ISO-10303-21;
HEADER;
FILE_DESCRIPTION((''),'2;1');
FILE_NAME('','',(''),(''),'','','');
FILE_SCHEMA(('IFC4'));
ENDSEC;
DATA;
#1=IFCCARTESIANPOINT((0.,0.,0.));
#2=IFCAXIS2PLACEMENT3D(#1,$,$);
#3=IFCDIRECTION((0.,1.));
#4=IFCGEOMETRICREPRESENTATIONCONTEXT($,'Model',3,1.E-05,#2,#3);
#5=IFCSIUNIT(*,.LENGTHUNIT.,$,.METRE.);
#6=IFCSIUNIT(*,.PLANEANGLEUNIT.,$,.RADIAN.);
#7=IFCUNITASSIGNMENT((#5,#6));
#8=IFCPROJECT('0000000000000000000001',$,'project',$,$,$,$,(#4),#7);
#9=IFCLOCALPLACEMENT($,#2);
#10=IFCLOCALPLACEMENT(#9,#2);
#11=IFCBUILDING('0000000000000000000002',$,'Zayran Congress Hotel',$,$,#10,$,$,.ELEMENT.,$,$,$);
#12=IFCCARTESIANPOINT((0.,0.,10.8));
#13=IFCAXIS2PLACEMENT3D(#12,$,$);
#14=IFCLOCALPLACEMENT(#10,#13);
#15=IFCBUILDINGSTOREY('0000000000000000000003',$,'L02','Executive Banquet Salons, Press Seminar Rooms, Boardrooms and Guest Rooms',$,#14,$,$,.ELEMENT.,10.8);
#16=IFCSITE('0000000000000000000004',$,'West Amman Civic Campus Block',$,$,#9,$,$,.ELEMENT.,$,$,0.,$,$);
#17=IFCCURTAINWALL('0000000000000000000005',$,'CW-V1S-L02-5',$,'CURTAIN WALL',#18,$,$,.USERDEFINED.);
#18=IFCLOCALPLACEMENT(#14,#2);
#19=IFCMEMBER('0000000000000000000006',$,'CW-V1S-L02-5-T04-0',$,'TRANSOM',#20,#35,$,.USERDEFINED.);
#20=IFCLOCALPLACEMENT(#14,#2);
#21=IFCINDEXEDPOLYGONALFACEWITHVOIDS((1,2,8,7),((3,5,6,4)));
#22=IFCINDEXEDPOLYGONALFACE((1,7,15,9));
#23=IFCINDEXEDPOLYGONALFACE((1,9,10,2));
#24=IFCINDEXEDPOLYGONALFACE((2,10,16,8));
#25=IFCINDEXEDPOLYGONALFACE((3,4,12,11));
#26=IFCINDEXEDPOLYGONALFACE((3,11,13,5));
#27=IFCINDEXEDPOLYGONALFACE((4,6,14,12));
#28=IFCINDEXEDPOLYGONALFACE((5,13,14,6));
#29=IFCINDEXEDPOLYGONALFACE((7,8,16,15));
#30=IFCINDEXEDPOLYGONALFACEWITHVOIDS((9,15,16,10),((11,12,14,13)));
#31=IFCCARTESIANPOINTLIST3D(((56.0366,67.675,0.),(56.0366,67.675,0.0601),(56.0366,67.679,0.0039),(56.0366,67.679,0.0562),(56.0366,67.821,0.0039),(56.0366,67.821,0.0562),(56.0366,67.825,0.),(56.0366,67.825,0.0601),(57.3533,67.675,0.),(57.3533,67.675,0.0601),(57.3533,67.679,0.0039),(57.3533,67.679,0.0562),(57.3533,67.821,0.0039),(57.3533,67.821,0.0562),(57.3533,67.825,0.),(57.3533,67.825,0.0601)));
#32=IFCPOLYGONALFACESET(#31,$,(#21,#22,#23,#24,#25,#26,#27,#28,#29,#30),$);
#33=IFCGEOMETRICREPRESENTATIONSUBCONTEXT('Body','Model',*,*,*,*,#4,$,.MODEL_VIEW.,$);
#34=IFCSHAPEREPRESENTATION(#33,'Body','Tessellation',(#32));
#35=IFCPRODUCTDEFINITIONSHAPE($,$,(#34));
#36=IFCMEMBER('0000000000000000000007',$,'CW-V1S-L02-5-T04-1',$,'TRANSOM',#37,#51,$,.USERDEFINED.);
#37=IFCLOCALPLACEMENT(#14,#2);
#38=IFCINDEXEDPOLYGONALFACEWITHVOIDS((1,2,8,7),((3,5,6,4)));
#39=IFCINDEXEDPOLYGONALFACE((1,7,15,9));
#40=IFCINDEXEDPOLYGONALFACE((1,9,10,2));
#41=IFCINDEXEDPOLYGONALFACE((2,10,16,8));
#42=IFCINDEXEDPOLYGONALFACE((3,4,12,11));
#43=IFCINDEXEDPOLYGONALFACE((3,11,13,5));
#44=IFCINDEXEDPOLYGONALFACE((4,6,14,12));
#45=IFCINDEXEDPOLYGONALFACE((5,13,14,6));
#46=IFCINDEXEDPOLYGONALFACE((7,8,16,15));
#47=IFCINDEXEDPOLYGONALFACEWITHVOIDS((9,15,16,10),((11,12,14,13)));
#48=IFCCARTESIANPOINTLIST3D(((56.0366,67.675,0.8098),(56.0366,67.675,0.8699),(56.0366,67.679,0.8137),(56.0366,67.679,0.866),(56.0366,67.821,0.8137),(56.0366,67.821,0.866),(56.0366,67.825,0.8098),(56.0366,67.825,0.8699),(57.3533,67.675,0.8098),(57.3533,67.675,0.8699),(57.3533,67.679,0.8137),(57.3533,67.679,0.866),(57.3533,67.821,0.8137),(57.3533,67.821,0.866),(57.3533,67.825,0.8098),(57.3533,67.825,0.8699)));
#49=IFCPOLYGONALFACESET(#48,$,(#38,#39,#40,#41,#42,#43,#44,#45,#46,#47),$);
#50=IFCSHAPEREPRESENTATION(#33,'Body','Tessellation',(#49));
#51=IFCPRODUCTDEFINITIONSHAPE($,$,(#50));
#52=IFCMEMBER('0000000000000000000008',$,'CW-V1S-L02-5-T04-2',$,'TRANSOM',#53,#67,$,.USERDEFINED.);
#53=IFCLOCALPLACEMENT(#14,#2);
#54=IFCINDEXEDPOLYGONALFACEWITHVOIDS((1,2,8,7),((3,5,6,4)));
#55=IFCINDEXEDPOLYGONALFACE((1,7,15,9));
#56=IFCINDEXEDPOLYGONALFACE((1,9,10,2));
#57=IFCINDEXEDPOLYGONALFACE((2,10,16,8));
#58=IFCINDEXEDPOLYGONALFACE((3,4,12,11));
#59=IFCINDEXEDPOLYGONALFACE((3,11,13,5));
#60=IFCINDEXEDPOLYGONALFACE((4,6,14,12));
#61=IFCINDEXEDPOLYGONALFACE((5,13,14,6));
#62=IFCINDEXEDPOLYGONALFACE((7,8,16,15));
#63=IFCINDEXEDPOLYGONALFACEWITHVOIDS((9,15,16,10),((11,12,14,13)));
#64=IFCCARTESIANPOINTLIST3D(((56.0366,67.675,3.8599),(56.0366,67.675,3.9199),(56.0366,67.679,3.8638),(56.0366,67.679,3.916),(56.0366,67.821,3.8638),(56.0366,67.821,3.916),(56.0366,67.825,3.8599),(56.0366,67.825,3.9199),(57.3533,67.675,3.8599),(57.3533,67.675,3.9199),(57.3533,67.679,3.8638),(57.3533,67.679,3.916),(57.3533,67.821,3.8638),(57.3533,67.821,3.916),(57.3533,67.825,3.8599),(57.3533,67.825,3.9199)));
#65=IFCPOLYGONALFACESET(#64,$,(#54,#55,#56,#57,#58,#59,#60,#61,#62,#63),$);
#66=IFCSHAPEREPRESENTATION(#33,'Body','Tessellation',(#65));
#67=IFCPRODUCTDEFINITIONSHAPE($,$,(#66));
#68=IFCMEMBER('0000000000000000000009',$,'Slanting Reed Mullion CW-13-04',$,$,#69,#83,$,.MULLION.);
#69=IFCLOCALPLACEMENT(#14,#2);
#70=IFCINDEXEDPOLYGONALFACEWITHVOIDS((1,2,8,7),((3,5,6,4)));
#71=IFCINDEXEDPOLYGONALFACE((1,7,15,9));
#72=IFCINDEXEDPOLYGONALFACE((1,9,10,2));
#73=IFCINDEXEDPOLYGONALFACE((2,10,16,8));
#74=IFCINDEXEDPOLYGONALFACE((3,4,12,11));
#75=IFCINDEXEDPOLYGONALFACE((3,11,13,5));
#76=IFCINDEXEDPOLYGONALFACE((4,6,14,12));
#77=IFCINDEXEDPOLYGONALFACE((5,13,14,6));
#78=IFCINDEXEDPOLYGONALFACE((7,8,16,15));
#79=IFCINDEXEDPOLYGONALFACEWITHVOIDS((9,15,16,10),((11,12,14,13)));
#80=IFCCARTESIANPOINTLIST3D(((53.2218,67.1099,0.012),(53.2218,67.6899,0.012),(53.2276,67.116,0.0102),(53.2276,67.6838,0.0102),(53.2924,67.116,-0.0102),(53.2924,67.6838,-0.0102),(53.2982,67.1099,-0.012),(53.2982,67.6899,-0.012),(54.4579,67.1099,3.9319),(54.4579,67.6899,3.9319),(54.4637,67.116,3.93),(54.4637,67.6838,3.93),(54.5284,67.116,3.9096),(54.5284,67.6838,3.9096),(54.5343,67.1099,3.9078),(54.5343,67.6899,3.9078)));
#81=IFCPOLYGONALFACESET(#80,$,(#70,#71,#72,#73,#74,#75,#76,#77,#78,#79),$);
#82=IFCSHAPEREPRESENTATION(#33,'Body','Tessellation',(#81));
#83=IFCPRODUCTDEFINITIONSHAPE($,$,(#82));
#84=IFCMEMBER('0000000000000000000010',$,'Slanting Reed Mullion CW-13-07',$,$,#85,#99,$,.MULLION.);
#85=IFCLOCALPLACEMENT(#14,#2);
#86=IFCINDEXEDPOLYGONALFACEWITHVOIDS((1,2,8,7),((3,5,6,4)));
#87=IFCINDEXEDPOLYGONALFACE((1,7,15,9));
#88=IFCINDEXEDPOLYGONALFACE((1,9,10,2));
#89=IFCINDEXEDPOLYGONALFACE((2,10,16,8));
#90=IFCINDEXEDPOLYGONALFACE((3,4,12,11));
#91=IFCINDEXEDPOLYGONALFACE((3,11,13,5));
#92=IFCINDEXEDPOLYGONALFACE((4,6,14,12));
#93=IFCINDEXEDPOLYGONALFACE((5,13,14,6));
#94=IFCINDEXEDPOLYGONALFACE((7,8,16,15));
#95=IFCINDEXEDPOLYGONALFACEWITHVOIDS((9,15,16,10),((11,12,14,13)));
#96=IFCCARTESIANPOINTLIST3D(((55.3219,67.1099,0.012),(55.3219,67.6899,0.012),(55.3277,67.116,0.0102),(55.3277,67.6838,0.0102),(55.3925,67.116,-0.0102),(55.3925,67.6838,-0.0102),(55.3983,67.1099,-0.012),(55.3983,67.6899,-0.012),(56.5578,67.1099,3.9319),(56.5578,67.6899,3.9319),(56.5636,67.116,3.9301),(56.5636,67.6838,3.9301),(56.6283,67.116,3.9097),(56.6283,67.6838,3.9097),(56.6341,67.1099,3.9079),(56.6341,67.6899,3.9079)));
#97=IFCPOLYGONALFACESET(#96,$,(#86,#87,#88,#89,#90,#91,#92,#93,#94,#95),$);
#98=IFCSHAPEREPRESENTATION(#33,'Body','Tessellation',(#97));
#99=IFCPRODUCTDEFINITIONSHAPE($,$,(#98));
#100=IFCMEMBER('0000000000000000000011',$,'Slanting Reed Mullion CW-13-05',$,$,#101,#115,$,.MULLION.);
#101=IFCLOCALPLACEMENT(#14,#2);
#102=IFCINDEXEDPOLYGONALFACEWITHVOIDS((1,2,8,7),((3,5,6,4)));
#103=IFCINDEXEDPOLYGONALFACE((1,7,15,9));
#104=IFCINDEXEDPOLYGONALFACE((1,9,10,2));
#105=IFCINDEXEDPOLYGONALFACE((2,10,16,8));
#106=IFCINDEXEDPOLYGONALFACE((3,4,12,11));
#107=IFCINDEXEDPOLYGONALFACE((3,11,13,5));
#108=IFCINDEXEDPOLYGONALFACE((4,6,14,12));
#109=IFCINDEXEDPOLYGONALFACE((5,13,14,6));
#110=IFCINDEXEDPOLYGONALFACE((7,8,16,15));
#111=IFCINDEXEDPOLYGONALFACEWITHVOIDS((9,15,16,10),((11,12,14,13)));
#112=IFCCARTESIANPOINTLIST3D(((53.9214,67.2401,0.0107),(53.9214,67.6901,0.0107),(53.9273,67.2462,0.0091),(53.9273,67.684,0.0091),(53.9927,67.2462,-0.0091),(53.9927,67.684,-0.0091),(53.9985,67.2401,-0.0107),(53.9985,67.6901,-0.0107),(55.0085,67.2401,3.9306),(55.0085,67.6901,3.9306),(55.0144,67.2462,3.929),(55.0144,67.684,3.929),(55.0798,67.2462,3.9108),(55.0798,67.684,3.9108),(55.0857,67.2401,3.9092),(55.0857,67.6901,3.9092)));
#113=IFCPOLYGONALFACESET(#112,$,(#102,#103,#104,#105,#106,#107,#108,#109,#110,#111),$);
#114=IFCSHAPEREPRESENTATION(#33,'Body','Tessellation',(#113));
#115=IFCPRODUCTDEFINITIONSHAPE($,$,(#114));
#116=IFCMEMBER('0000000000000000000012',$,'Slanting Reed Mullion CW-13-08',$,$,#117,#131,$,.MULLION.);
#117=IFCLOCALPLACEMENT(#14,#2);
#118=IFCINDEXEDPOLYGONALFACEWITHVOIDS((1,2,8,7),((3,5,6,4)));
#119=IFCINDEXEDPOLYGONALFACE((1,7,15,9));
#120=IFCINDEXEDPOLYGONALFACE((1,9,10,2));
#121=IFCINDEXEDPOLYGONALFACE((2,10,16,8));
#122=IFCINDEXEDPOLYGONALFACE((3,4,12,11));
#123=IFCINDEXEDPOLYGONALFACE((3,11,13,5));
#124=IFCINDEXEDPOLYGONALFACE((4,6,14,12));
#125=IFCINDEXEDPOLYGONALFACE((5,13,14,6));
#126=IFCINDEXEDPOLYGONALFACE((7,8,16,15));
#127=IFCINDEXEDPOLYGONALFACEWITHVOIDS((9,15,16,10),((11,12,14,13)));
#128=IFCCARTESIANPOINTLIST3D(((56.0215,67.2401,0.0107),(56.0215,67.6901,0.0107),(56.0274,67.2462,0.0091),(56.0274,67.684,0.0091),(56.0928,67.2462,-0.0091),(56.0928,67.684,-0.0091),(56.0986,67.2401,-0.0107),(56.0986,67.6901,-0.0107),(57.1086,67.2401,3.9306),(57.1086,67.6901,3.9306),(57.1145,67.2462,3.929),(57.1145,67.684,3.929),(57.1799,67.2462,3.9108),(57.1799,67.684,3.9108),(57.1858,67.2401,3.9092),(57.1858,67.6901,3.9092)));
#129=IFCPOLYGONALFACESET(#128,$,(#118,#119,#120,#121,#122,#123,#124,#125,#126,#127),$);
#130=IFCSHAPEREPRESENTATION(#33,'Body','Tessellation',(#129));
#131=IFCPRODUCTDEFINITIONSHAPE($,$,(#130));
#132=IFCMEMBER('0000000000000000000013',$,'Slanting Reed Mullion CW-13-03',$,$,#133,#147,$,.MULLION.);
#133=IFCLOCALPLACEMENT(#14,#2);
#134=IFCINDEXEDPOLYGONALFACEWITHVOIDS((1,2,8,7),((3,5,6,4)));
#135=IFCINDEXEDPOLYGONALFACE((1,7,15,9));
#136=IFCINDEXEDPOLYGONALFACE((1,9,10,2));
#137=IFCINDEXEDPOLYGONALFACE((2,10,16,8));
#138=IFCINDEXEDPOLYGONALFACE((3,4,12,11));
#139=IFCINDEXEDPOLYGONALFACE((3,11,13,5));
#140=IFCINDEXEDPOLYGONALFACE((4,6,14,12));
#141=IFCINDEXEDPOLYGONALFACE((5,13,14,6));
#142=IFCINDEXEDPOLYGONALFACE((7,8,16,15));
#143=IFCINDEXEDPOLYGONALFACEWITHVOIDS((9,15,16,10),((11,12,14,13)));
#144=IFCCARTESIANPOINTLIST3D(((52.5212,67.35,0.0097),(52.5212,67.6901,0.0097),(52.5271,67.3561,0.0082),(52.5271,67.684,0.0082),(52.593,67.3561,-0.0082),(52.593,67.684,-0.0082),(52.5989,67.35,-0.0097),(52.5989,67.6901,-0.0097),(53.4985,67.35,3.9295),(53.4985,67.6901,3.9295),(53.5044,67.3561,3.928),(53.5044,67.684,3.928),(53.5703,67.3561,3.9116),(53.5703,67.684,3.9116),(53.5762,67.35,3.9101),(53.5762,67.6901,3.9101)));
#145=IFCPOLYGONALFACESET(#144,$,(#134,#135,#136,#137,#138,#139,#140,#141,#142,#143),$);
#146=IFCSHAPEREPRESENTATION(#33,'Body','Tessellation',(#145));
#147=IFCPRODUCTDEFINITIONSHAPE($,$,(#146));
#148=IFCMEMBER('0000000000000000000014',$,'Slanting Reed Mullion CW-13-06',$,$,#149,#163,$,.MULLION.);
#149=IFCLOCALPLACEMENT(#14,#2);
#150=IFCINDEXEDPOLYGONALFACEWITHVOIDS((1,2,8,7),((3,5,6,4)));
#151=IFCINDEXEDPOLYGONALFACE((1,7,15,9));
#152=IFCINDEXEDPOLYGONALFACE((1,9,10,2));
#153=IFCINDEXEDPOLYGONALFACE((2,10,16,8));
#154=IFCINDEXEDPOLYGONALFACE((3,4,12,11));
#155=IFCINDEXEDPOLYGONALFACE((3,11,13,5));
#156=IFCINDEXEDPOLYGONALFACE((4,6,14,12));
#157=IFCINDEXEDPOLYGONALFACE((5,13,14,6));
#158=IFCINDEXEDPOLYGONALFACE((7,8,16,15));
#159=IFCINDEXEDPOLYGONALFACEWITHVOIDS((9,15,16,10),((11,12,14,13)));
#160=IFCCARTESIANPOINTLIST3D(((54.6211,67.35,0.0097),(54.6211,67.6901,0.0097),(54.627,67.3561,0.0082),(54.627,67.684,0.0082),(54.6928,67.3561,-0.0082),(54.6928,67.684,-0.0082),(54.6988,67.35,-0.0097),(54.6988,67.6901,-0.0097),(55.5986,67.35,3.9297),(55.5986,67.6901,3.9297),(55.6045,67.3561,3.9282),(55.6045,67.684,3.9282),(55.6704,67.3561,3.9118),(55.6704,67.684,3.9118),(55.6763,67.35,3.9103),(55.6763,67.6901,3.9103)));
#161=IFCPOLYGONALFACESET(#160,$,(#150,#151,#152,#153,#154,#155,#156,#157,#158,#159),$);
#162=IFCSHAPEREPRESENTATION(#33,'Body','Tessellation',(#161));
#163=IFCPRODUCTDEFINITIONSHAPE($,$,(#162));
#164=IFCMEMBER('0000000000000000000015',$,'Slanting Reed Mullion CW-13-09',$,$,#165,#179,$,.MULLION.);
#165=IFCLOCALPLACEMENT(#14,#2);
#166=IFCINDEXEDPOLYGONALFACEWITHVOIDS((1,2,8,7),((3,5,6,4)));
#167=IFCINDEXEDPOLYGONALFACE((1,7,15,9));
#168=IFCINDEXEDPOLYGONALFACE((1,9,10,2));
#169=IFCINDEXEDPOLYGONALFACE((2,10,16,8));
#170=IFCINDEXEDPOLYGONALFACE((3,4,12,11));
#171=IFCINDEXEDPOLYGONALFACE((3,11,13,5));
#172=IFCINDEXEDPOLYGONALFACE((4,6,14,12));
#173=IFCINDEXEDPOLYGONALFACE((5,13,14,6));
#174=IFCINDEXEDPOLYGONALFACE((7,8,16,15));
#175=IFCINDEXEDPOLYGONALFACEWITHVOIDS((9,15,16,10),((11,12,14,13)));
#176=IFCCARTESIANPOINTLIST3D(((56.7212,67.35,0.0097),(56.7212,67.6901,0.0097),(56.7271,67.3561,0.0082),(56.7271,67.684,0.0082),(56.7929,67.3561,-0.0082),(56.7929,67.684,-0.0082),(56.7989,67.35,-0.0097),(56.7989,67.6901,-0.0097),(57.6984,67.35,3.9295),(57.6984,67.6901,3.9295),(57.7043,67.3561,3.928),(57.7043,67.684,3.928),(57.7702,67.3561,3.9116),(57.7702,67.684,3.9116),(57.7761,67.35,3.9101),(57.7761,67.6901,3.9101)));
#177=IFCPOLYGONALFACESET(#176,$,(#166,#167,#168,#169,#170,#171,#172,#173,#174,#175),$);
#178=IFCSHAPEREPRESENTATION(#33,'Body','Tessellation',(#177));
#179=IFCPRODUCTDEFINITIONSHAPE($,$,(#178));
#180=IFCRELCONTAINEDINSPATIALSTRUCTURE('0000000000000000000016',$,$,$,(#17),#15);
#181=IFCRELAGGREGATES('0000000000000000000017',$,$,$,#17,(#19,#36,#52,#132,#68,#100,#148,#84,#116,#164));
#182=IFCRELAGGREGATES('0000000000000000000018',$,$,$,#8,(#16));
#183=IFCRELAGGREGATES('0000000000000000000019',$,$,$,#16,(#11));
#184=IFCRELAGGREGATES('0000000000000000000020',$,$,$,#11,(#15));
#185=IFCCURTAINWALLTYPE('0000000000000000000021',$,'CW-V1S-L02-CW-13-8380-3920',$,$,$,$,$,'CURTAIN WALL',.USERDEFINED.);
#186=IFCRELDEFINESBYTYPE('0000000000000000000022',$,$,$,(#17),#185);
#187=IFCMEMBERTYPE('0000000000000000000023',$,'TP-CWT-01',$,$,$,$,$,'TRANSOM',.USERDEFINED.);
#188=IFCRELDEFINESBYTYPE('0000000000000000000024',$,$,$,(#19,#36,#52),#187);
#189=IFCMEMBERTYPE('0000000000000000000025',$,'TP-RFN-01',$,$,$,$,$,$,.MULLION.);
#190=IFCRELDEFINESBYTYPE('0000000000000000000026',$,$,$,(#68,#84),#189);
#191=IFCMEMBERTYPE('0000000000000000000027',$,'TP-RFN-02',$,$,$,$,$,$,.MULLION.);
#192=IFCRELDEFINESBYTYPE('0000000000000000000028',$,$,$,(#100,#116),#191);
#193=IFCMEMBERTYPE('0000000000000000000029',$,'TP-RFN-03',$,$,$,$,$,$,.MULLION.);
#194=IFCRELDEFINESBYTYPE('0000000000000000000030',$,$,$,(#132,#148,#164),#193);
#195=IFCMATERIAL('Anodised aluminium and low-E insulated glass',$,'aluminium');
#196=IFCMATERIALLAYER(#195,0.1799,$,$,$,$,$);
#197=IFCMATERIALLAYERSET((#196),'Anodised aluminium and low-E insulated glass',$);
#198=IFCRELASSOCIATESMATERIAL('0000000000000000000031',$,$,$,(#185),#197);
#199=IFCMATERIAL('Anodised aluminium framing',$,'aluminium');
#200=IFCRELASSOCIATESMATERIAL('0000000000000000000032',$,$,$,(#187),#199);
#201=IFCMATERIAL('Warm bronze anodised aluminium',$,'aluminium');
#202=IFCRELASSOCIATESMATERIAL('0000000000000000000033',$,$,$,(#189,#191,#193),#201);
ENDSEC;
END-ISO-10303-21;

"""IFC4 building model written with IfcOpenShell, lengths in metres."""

from ifc_helpers import new_model, si_unit, direction, frame, origin, origin_2d, place, context, subcontext, project, spatial, hollow_rectangle, extrude, material, layer, layer_set, material_profile, profile_set, type_object, element, aggregate, save


model = new_model("IFC4")

# Units and contexts
model_context = context("Model", 3, precision=1e-05, world=origin(), true_north=direction((0.0, 1.0)))
body_context = subcontext(model_context, "Body", "Model", "MODEL_VIEW")
ifc_project = project(units=[si_unit("LENGTHUNIT", "METRE"), si_unit("PLANEANGLEUNIT", "RADIAN")], contexts=[model_context])

# Site, building, storey
site_placement = place(None, origin())
site = spatial("IfcSite", under=ifc_project, at=site_placement, Name="West Amman Civic Campus Block", CompositionType="ELEMENT", RefElevation=0.0)
building_placement = place(site_placement, origin())
building = spatial("IfcBuilding", under=site, at=building_placement, Name="Zayran Congress Hotel", CompositionType="ELEMENT")
storey_placement = place(building_placement, frame((0.0, 0.0, 10.8)))
storey = spatial("IfcBuildingStorey", under=building, at=storey_placement, Name="L02", Description="Executive Banquet Salons, Press Seminar Rooms, Boardrooms and Guest Rooms", CompositionType="ELEMENT", Elevation=10.8)

# Curtain wall, members
ifc_material_1 = material(Name="Anodised aluminium and low-E insulated glass", Category="aluminium")
ifc_layer_1 = layer(ifc_material_1, 0.1799)
ifc_layer_set_1 = layer_set([ifc_layer_1], Name="Anodised aluminium and low-E insulated glass")
curtain_wall_type = type_object("IfcCurtainWallType", Name="CW-V1S-L02-CW-13-8380-3920", ElementType="CURTAIN WALL", PredefinedType="USERDEFINED", material=ifc_layer_set_1)
curtain_wall_placement = place(storey_placement, origin())
curtain_wall = element("IfcCurtainWall", 1, at=curtain_wall_placement, inside=storey, type_object=curtain_wall_type, Name="CW-V1S-L02-5", ObjectType="CURTAIN WALL", PredefinedType="USERDEFINED")
ifc_material_2 = material(Name="Anodised aluminium framing", Category="aluminium")
ifc_material_profile_1 = material_profile(ifc_material_2, hollow_rectangle(XDim=0.0601, YDim=0.1499, WallThickness=0.0039, at=origin_2d()), Name="RHS 150x60x4")
ifc_profile_set_1 = profile_set([ifc_material_profile_1], Name="Anodised aluminium framing")
member_type_1 = type_object("IfcMemberType", Name="TP-CWT-01", ElementType="TRANSOM", PredefinedType="USERDEFINED", material=ifc_profile_set_1)
member_1_placement = place(storey_placement, frame((56.0366, 67.75, 0.03), z_axis=(1.0, 0.0, 0.0), x_axis=(0.0, 0.0, 1.0)))
member_1 = element("IfcMember", 2, at=member_1_placement, type_object=member_type_1, Name="CW-V1S-L02-5-T04-0", ObjectType="TRANSOM", PredefinedType="USERDEFINED", context=body_context, shape_type="SweptSolid", body=[
    extrude(hollow_rectangle(XDim=0.0601, YDim=0.1499, WallThickness=0.0039, at=origin_2d()), origin(), (0.0, 0.0, 1.0), 1.3167),
])
member_2_placement = place(storey_placement, frame((56.0366, 67.75, 0.8398), z_axis=(1.0, 0.0, 0.0), x_axis=(0.0, 0.0, 1.0)))
member_2 = element("IfcMember", 3, at=member_2_placement, type_object=member_type_1, Name="CW-V1S-L02-5-T04-1", ObjectType="TRANSOM", PredefinedType="USERDEFINED", context=body_context, shape_type="SweptSolid", body=[
    extrude(hollow_rectangle(XDim=0.0601, YDim=0.1499, WallThickness=0.0039, at=origin_2d()), origin(), (0.0, 0.0, 1.0), 1.3167),
])
member_3_placement = place(storey_placement, frame((56.0366, 67.75, 3.8899), z_axis=(1.0, 0.0, 0.0), x_axis=(0.0, 0.0, 1.0)))
member_3 = element("IfcMember", 4, at=member_3_placement, type_object=member_type_1, Name="CW-V1S-L02-5-T04-2", ObjectType="TRANSOM", PredefinedType="USERDEFINED", context=body_context, shape_type="SweptSolid", body=[
    extrude(hollow_rectangle(XDim=0.0601, YDim=0.1499, WallThickness=0.0039, at=origin_2d()), origin(), (0.0, 0.0, 1.0), 1.3167),
])
ifc_material_3 = material(Name="Warm bronze anodised aluminium", Category="aluminium")
ifc_material_profile_2 = material_profile(ifc_material_3, hollow_rectangle(XDim=0.0801, YDim=0.5801, WallThickness=0.0061, at=origin_2d()), Name="RHS 580x80x6")
ifc_profile_set_2 = profile_set([ifc_material_profile_2], Name="Warm bronze anodised aluminium")
member_type_2 = type_object("IfcMemberType", Name="TP-RFN-01", PredefinedType="MULLION", material=ifc_profile_set_2)
member_4_placement = place(storey_placement, frame((53.26, 67.3999, 0.0), z_axis=(0.300736, 0.0, 0.953707), x_axis=(-0.953707, 0.0, 0.300736)))
member_4 = element("IfcMember", 5, at=member_4_placement, type_object=member_type_2, Name="Slanting Reed Mullion CW-13-04", PredefinedType="MULLION", context=body_context, shape_type="SweptSolid", body=[
    extrude(hollow_rectangle(XDim=0.0801, YDim=0.5801, WallThickness=0.0061, at=origin_2d()), origin(), (0.0, 0.0, 1.0), 4.1101),
])
member_5_placement = place(storey_placement, frame((55.3601, 67.3999, 0.0), z_axis=(0.300682, 0.0, 0.953724), x_axis=(-0.953724, 0.0, 0.300682)))
member_5 = element("IfcMember", 6, at=member_5_placement, type_object=member_type_2, Name="Slanting Reed Mullion CW-13-07", PredefinedType="MULLION", context=body_context, shape_type="SweptSolid", body=[
    extrude(hollow_rectangle(XDim=0.0801, YDim=0.5801, WallThickness=0.0061, at=origin_2d()), origin(), (0.0, 0.0, 1.0), 4.1101),
])
ifc_material_profile_3 = material_profile(ifc_material_3, hollow_rectangle(XDim=0.0801, YDim=0.45, WallThickness=0.0061, at=origin_2d()), Name="RHS 450x80x6")
ifc_profile_set_3 = profile_set([ifc_material_profile_3], Name="Warm bronze anodised aluminium")
member_type_3 = type_object("IfcMemberType", Name="TP-RFN-02", PredefinedType="MULLION", material=ifc_profile_set_3)
member_6_placement = place(storey_placement, frame((53.96, 67.4651, 0.0), z_axis=(0.267254, 0.0, 0.963626), x_axis=(-0.963626, 0.0, 0.267254)))
member_6 = element("IfcMember", 7, at=member_6_placement, type_object=member_type_3, Name="Slanting Reed Mullion CW-13-05", PredefinedType="MULLION", context=body_context, shape_type="SweptSolid", body=[
    extrude(hollow_rectangle(XDim=0.0801, YDim=0.45, WallThickness=0.0061, at=origin_2d()), origin(), (0.0, 0.0, 1.0), 4.0679),
])
member_7_placement = place(storey_placement, frame((56.0601, 67.4651, 0.0), z_axis=(0.267254, 0.0, 0.963626), x_axis=(-0.963626, 0.0, 0.267254)))
member_7 = element("IfcMember", 8, at=member_7_placement, type_object=member_type_3, Name="Slanting Reed Mullion CW-13-08", PredefinedType="MULLION", context=body_context, shape_type="SweptSolid", body=[
    extrude(hollow_rectangle(XDim=0.0801, YDim=0.45, WallThickness=0.0061, at=origin_2d()), origin(), (0.0, 0.0, 1.0), 4.0679),
])
ifc_material_profile_4 = material_profile(ifc_material_3, hollow_rectangle(XDim=0.0801, YDim=0.3401, WallThickness=0.0061, at=origin_2d()), Name="RHS 340x80x6")
ifc_profile_set_4 = profile_set([ifc_material_profile_4], Name="Warm bronze anodised aluminium")
member_type_4 = type_object("IfcMemberType", Name="TP-RFN-03", PredefinedType="MULLION", material=ifc_profile_set_4)
member_8_placement = place(storey_placement, frame((52.5601, 67.52, 0.0), z_axis=(0.24191, 0.0, 0.970299), x_axis=(-0.970299, 0.0, 0.24191)))
member_8 = element("IfcMember", 9, at=member_8_placement, type_object=member_type_4, Name="Slanting Reed Mullion CW-13-03", PredefinedType="MULLION", context=body_context, shape_type="SweptSolid", body=[
    extrude(hollow_rectangle(XDim=0.0801, YDim=0.3401, WallThickness=0.0061, at=origin_2d()), origin(), (0.0, 0.0, 1.0), 4.0398),
])
member_9_placement = place(storey_placement, frame((54.6599, 67.52, 0.0), z_axis=(0.241967, 0.0, 0.970285), x_axis=(-0.970285, 0.0, 0.241967)))
member_9 = element("IfcMember", 10, at=member_9_placement, type_object=member_type_4, Name="Slanting Reed Mullion CW-13-06", PredefinedType="MULLION", context=body_context, shape_type="SweptSolid", body=[
    extrude(hollow_rectangle(XDim=0.0801, YDim=0.3401, WallThickness=0.0061, at=origin_2d()), origin(), (0.0, 0.0, 1.0), 4.04),
])
member_10_placement = place(storey_placement, frame((56.76, 67.52, 0.0), z_axis=(0.24191, 0.0, 0.970299), x_axis=(-0.970299, 0.0, 0.24191)))
member_10 = element("IfcMember", 11, at=member_10_placement, type_object=member_type_4, Name="Slanting Reed Mullion CW-13-09", PredefinedType="MULLION", context=body_context, shape_type="SweptSolid", body=[
    extrude(hollow_rectangle(XDim=0.0801, YDim=0.3401, WallThickness=0.0061, at=origin_2d()), origin(), (0.0, 0.0, 1.0), 4.0398),
])
aggregate(curtain_wall, [member_1, member_2, member_3, member_8, member_4, member_6, member_9, member_5, member_7, member_10])

save(model, "model.ifc")
